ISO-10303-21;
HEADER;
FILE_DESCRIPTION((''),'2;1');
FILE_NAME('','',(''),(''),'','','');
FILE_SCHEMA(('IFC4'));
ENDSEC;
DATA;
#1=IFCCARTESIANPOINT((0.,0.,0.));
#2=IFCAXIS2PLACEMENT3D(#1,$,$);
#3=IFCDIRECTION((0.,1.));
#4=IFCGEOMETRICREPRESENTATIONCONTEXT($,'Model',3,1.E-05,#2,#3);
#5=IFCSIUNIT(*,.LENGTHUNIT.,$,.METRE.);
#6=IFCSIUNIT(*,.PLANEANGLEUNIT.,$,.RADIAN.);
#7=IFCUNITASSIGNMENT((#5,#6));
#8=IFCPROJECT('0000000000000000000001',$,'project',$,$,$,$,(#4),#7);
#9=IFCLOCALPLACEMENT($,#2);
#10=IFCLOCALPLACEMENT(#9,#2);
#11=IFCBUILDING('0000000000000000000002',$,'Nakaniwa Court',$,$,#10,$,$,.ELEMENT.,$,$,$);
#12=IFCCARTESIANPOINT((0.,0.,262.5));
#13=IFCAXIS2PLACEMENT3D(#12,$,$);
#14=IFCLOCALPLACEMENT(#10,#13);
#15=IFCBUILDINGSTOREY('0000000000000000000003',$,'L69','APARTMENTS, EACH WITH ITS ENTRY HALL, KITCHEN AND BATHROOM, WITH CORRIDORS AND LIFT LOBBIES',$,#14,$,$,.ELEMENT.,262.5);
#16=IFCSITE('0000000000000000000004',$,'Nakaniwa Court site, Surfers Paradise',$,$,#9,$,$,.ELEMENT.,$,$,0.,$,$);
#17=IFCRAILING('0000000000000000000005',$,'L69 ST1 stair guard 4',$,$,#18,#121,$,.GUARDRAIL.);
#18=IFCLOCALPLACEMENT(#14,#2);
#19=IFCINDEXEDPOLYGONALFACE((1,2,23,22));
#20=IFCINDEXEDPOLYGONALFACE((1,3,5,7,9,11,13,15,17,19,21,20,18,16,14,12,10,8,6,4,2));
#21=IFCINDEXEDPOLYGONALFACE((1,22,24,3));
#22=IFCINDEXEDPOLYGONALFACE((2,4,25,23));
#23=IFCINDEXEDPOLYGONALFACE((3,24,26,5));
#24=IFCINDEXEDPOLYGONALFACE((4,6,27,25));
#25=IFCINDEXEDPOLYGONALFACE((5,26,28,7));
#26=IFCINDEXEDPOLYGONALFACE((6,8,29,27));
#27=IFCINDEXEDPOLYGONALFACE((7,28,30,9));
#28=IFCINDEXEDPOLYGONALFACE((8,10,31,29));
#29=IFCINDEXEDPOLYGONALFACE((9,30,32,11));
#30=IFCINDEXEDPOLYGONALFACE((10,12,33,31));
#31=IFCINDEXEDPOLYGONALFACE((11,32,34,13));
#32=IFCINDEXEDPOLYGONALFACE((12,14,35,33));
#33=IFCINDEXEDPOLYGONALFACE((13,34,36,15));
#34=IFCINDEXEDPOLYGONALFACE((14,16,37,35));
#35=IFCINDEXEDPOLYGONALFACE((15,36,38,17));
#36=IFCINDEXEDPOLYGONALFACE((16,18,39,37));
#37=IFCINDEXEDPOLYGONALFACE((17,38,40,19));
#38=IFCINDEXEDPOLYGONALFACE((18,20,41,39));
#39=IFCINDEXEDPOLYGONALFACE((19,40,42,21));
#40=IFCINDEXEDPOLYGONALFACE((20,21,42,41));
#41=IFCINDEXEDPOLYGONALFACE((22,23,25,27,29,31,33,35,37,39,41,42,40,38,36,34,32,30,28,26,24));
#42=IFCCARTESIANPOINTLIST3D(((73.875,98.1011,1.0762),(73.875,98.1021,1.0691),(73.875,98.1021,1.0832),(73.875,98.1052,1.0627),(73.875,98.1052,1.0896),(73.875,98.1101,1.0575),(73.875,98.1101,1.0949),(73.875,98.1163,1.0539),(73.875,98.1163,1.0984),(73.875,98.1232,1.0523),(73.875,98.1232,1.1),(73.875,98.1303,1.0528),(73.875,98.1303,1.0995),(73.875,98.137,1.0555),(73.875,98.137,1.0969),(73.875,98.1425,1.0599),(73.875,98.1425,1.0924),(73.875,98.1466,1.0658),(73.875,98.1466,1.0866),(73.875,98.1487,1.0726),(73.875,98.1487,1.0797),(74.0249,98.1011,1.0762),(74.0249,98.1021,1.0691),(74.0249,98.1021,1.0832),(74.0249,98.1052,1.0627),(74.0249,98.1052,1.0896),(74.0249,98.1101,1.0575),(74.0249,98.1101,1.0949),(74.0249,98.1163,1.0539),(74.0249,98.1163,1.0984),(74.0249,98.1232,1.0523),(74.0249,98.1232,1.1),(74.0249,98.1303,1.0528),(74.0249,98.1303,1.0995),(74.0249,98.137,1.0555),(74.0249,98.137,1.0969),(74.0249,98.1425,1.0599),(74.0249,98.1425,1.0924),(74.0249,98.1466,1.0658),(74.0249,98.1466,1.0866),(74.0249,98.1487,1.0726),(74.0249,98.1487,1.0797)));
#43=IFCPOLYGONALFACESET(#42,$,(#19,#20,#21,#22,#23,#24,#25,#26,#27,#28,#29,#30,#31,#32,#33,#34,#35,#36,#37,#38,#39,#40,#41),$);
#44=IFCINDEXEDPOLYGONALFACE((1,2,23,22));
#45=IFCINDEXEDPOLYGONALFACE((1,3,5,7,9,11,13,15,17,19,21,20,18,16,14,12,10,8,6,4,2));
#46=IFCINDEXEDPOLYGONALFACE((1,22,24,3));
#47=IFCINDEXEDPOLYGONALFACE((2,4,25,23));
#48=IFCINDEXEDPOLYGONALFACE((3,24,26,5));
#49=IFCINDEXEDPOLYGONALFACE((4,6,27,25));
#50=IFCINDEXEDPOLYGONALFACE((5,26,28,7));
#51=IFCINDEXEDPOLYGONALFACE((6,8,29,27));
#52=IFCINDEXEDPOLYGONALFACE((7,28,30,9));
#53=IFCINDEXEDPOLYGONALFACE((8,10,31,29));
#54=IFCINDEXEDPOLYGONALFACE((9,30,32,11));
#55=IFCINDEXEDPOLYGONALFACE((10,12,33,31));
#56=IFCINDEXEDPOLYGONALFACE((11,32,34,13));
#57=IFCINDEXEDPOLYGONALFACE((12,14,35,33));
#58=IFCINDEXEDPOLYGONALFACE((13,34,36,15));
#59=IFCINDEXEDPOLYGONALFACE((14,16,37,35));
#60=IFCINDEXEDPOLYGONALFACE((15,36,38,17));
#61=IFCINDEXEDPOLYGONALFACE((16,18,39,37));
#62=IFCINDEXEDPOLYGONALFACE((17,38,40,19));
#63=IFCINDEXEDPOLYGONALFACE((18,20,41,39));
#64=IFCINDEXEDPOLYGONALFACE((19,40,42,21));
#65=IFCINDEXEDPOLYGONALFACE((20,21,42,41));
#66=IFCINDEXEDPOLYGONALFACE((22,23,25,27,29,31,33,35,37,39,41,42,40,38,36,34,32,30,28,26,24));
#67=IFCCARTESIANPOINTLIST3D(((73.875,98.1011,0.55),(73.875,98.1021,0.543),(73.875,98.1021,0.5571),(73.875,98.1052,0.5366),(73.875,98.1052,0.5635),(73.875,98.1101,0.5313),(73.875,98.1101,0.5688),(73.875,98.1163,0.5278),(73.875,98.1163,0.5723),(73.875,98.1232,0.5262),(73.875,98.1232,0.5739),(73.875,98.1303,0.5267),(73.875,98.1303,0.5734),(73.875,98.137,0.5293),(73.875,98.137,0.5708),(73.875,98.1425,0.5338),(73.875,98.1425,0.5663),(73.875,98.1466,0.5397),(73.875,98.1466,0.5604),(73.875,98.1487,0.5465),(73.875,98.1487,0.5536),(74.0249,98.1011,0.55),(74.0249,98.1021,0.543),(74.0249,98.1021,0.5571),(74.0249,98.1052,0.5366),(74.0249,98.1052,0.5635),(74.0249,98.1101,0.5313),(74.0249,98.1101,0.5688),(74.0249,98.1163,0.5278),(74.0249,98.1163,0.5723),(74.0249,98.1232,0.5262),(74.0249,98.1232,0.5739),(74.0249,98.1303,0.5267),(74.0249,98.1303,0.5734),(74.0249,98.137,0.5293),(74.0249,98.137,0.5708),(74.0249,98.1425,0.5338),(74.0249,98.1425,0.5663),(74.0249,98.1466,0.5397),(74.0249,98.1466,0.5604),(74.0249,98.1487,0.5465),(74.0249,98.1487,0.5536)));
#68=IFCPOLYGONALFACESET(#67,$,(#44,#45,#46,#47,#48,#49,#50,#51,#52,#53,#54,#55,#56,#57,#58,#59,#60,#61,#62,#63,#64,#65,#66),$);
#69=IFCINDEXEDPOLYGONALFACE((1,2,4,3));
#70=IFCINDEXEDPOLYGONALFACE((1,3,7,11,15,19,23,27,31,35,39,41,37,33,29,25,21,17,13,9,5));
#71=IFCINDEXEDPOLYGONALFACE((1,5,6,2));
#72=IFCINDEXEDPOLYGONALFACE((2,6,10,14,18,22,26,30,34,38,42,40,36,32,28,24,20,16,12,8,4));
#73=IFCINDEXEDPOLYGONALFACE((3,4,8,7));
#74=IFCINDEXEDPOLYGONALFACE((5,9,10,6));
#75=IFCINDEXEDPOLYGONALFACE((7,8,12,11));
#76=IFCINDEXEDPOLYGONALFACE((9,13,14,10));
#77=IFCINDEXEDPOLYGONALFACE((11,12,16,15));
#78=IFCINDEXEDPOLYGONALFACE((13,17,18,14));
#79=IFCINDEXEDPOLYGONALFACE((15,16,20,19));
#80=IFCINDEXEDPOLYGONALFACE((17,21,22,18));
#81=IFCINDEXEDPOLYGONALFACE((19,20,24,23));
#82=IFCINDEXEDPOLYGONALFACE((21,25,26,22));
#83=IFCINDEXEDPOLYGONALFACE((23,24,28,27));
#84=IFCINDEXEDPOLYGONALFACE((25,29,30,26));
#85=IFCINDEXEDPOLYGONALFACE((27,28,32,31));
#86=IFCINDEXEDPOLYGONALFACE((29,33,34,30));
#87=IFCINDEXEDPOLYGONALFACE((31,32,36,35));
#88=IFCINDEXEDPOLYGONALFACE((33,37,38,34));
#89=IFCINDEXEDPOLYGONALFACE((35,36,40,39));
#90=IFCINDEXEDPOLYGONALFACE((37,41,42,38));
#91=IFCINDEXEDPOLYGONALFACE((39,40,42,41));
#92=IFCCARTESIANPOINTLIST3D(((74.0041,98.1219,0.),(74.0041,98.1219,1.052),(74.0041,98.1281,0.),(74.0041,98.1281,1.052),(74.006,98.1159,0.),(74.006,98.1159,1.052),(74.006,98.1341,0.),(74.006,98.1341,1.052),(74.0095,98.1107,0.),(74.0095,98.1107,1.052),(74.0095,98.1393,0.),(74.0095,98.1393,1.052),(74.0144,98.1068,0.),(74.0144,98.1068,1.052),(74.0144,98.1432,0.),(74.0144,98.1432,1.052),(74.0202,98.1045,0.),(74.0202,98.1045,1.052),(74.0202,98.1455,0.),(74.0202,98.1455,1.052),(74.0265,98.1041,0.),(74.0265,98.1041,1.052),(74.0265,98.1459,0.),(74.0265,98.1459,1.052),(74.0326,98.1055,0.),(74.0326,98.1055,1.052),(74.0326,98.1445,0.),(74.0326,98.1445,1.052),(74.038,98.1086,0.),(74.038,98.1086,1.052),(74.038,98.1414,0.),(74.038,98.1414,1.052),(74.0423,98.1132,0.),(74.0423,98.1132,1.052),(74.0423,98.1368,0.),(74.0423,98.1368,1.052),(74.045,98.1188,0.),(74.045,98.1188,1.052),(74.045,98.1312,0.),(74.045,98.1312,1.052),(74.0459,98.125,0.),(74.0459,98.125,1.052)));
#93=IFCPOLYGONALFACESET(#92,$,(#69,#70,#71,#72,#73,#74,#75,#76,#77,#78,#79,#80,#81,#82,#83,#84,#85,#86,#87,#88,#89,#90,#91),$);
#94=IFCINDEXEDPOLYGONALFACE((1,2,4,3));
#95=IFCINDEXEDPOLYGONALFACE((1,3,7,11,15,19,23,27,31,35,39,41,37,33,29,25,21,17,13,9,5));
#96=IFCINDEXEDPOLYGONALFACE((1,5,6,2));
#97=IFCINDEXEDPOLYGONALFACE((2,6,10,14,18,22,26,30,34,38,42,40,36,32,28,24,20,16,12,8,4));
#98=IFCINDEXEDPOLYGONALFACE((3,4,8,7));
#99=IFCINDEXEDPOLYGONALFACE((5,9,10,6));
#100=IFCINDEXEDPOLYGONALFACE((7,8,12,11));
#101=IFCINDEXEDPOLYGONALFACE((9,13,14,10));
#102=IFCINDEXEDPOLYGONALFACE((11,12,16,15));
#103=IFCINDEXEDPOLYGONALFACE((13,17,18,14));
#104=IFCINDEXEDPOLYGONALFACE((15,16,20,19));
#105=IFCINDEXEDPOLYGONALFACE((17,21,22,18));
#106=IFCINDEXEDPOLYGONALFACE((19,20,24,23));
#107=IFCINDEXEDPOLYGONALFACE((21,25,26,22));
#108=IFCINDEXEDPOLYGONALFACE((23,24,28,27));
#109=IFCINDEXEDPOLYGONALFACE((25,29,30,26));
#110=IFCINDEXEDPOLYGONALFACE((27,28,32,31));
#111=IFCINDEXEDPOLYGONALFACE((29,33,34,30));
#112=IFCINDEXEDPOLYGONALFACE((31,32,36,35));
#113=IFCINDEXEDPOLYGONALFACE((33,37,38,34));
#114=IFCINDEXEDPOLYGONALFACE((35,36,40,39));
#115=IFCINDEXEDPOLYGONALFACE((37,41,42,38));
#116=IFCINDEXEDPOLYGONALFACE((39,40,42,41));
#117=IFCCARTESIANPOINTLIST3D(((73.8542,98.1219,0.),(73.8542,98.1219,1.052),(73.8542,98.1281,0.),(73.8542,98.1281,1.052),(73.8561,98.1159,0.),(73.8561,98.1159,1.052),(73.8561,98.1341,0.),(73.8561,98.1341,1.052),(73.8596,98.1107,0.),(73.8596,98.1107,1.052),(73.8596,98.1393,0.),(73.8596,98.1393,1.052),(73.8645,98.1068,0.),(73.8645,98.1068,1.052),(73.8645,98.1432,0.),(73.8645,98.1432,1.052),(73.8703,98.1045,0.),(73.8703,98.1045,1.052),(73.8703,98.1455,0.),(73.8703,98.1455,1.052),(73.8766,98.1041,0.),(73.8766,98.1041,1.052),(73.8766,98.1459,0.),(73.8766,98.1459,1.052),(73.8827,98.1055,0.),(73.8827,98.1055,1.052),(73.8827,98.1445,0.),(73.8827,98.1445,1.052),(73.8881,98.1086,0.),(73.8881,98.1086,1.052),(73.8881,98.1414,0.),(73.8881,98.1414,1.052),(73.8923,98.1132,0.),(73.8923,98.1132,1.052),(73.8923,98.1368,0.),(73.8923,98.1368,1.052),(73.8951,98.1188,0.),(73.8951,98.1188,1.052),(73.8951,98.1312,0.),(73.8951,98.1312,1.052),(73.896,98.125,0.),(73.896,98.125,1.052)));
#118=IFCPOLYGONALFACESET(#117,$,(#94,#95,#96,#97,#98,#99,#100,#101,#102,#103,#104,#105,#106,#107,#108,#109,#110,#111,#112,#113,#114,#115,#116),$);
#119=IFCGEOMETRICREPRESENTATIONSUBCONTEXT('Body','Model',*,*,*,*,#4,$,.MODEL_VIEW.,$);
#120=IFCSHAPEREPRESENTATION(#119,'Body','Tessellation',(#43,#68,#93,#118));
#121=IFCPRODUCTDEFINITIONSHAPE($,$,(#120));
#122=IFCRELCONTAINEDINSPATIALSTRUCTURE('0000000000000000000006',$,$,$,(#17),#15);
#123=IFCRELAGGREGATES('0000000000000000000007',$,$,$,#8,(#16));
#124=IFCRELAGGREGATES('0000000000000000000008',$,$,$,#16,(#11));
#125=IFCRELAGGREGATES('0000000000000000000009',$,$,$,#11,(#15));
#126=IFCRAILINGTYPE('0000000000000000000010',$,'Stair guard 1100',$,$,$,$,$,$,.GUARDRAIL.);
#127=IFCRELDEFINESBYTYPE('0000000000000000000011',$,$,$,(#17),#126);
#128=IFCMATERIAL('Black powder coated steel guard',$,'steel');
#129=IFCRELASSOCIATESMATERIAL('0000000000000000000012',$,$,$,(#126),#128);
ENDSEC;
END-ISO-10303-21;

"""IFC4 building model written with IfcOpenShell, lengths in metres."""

from ifc_helpers import new_model, si_unit, direction, frame, origin, origin_2d, place, context, subcontext, project, spatial, circle, extrude, material, type_object, element, save


model = new_model("IFC4")

# Units and contexts
model_context = context("Model", 3, precision=1e-05, world=origin(), true_north=direction((0.0, 1.0)))
body_context = subcontext(model_context, "Body", "Model", "MODEL_VIEW")
ifc_project = project(units=[si_unit("LENGTHUNIT", "METRE"), si_unit("PLANEANGLEUNIT", "RADIAN")], contexts=[model_context])

# Site, building, storey
site_placement = place(None, origin())
site = spatial("IfcSite", under=ifc_project, at=site_placement, Name="Nakaniwa Court site, Surfers Paradise", CompositionType="ELEMENT", RefElevation=0.0)
building_placement = place(site_placement, origin())
building = spatial("IfcBuilding", under=site, at=building_placement, Name="Nakaniwa Court", CompositionType="ELEMENT")
storey_placement = place(building_placement, frame((0.0, 0.0, 262.5)))
storey = spatial("IfcBuildingStorey", under=building, at=storey_placement, Name="L69", Description="APARTMENTS, EACH WITH ITS ENTRY HALL, KITCHEN AND BATHROOM, WITH CORRIDORS AND LIFT LOBBIES", CompositionType="ELEMENT", Elevation=262.5)

# Railing
ifc_material_1 = material(Name="Black powder coated steel guard", Category="steel")
railing_type_1 = type_object("IfcRailingType", Name="Stair guard 1100", PredefinedType="GUARDRAIL", material=ifc_material_1)
railing_1_placement = place(storey_placement, frame((74.0249, 98.125, 0.0)))
element("IfcRailing", 1, at=railing_1_placement, inside=storey, type_object=railing_type_1, Name="L69 ST1 stair guard 4", PredefinedType="GUARDRAIL", context=body_context, shape_type="SweptSolid", body=[
    extrude(circle(Radius=0.0239, at=origin_2d()), frame((0.0, 0.0, 1.0762), z_axis=(-1.0, 0.0, 0.0), x_axis=(0.0, -1.0, 0.0)), (0.0, 0.0, 1.0), 0.1499),
    extrude(circle(Radius=0.0239, at=origin_2d()), frame((0.0, 0.0, 0.55), z_axis=(-1.0, 0.0, 0.0), x_axis=(0.0, -1.0, 0.0)), (0.0, 0.0, 1.0), 0.1499),
    extrude(circle(Radius=0.021, at=origin_2d()), origin(), (0.0, 0.0, 1.0), 1.052),
    extrude(circle(Radius=0.021, at=origin_2d()), frame((-0.1499, 0.0, 0.0)), (0.0, 0.0, 1.0), 1.052),
])

save(model, "model.ifc")
